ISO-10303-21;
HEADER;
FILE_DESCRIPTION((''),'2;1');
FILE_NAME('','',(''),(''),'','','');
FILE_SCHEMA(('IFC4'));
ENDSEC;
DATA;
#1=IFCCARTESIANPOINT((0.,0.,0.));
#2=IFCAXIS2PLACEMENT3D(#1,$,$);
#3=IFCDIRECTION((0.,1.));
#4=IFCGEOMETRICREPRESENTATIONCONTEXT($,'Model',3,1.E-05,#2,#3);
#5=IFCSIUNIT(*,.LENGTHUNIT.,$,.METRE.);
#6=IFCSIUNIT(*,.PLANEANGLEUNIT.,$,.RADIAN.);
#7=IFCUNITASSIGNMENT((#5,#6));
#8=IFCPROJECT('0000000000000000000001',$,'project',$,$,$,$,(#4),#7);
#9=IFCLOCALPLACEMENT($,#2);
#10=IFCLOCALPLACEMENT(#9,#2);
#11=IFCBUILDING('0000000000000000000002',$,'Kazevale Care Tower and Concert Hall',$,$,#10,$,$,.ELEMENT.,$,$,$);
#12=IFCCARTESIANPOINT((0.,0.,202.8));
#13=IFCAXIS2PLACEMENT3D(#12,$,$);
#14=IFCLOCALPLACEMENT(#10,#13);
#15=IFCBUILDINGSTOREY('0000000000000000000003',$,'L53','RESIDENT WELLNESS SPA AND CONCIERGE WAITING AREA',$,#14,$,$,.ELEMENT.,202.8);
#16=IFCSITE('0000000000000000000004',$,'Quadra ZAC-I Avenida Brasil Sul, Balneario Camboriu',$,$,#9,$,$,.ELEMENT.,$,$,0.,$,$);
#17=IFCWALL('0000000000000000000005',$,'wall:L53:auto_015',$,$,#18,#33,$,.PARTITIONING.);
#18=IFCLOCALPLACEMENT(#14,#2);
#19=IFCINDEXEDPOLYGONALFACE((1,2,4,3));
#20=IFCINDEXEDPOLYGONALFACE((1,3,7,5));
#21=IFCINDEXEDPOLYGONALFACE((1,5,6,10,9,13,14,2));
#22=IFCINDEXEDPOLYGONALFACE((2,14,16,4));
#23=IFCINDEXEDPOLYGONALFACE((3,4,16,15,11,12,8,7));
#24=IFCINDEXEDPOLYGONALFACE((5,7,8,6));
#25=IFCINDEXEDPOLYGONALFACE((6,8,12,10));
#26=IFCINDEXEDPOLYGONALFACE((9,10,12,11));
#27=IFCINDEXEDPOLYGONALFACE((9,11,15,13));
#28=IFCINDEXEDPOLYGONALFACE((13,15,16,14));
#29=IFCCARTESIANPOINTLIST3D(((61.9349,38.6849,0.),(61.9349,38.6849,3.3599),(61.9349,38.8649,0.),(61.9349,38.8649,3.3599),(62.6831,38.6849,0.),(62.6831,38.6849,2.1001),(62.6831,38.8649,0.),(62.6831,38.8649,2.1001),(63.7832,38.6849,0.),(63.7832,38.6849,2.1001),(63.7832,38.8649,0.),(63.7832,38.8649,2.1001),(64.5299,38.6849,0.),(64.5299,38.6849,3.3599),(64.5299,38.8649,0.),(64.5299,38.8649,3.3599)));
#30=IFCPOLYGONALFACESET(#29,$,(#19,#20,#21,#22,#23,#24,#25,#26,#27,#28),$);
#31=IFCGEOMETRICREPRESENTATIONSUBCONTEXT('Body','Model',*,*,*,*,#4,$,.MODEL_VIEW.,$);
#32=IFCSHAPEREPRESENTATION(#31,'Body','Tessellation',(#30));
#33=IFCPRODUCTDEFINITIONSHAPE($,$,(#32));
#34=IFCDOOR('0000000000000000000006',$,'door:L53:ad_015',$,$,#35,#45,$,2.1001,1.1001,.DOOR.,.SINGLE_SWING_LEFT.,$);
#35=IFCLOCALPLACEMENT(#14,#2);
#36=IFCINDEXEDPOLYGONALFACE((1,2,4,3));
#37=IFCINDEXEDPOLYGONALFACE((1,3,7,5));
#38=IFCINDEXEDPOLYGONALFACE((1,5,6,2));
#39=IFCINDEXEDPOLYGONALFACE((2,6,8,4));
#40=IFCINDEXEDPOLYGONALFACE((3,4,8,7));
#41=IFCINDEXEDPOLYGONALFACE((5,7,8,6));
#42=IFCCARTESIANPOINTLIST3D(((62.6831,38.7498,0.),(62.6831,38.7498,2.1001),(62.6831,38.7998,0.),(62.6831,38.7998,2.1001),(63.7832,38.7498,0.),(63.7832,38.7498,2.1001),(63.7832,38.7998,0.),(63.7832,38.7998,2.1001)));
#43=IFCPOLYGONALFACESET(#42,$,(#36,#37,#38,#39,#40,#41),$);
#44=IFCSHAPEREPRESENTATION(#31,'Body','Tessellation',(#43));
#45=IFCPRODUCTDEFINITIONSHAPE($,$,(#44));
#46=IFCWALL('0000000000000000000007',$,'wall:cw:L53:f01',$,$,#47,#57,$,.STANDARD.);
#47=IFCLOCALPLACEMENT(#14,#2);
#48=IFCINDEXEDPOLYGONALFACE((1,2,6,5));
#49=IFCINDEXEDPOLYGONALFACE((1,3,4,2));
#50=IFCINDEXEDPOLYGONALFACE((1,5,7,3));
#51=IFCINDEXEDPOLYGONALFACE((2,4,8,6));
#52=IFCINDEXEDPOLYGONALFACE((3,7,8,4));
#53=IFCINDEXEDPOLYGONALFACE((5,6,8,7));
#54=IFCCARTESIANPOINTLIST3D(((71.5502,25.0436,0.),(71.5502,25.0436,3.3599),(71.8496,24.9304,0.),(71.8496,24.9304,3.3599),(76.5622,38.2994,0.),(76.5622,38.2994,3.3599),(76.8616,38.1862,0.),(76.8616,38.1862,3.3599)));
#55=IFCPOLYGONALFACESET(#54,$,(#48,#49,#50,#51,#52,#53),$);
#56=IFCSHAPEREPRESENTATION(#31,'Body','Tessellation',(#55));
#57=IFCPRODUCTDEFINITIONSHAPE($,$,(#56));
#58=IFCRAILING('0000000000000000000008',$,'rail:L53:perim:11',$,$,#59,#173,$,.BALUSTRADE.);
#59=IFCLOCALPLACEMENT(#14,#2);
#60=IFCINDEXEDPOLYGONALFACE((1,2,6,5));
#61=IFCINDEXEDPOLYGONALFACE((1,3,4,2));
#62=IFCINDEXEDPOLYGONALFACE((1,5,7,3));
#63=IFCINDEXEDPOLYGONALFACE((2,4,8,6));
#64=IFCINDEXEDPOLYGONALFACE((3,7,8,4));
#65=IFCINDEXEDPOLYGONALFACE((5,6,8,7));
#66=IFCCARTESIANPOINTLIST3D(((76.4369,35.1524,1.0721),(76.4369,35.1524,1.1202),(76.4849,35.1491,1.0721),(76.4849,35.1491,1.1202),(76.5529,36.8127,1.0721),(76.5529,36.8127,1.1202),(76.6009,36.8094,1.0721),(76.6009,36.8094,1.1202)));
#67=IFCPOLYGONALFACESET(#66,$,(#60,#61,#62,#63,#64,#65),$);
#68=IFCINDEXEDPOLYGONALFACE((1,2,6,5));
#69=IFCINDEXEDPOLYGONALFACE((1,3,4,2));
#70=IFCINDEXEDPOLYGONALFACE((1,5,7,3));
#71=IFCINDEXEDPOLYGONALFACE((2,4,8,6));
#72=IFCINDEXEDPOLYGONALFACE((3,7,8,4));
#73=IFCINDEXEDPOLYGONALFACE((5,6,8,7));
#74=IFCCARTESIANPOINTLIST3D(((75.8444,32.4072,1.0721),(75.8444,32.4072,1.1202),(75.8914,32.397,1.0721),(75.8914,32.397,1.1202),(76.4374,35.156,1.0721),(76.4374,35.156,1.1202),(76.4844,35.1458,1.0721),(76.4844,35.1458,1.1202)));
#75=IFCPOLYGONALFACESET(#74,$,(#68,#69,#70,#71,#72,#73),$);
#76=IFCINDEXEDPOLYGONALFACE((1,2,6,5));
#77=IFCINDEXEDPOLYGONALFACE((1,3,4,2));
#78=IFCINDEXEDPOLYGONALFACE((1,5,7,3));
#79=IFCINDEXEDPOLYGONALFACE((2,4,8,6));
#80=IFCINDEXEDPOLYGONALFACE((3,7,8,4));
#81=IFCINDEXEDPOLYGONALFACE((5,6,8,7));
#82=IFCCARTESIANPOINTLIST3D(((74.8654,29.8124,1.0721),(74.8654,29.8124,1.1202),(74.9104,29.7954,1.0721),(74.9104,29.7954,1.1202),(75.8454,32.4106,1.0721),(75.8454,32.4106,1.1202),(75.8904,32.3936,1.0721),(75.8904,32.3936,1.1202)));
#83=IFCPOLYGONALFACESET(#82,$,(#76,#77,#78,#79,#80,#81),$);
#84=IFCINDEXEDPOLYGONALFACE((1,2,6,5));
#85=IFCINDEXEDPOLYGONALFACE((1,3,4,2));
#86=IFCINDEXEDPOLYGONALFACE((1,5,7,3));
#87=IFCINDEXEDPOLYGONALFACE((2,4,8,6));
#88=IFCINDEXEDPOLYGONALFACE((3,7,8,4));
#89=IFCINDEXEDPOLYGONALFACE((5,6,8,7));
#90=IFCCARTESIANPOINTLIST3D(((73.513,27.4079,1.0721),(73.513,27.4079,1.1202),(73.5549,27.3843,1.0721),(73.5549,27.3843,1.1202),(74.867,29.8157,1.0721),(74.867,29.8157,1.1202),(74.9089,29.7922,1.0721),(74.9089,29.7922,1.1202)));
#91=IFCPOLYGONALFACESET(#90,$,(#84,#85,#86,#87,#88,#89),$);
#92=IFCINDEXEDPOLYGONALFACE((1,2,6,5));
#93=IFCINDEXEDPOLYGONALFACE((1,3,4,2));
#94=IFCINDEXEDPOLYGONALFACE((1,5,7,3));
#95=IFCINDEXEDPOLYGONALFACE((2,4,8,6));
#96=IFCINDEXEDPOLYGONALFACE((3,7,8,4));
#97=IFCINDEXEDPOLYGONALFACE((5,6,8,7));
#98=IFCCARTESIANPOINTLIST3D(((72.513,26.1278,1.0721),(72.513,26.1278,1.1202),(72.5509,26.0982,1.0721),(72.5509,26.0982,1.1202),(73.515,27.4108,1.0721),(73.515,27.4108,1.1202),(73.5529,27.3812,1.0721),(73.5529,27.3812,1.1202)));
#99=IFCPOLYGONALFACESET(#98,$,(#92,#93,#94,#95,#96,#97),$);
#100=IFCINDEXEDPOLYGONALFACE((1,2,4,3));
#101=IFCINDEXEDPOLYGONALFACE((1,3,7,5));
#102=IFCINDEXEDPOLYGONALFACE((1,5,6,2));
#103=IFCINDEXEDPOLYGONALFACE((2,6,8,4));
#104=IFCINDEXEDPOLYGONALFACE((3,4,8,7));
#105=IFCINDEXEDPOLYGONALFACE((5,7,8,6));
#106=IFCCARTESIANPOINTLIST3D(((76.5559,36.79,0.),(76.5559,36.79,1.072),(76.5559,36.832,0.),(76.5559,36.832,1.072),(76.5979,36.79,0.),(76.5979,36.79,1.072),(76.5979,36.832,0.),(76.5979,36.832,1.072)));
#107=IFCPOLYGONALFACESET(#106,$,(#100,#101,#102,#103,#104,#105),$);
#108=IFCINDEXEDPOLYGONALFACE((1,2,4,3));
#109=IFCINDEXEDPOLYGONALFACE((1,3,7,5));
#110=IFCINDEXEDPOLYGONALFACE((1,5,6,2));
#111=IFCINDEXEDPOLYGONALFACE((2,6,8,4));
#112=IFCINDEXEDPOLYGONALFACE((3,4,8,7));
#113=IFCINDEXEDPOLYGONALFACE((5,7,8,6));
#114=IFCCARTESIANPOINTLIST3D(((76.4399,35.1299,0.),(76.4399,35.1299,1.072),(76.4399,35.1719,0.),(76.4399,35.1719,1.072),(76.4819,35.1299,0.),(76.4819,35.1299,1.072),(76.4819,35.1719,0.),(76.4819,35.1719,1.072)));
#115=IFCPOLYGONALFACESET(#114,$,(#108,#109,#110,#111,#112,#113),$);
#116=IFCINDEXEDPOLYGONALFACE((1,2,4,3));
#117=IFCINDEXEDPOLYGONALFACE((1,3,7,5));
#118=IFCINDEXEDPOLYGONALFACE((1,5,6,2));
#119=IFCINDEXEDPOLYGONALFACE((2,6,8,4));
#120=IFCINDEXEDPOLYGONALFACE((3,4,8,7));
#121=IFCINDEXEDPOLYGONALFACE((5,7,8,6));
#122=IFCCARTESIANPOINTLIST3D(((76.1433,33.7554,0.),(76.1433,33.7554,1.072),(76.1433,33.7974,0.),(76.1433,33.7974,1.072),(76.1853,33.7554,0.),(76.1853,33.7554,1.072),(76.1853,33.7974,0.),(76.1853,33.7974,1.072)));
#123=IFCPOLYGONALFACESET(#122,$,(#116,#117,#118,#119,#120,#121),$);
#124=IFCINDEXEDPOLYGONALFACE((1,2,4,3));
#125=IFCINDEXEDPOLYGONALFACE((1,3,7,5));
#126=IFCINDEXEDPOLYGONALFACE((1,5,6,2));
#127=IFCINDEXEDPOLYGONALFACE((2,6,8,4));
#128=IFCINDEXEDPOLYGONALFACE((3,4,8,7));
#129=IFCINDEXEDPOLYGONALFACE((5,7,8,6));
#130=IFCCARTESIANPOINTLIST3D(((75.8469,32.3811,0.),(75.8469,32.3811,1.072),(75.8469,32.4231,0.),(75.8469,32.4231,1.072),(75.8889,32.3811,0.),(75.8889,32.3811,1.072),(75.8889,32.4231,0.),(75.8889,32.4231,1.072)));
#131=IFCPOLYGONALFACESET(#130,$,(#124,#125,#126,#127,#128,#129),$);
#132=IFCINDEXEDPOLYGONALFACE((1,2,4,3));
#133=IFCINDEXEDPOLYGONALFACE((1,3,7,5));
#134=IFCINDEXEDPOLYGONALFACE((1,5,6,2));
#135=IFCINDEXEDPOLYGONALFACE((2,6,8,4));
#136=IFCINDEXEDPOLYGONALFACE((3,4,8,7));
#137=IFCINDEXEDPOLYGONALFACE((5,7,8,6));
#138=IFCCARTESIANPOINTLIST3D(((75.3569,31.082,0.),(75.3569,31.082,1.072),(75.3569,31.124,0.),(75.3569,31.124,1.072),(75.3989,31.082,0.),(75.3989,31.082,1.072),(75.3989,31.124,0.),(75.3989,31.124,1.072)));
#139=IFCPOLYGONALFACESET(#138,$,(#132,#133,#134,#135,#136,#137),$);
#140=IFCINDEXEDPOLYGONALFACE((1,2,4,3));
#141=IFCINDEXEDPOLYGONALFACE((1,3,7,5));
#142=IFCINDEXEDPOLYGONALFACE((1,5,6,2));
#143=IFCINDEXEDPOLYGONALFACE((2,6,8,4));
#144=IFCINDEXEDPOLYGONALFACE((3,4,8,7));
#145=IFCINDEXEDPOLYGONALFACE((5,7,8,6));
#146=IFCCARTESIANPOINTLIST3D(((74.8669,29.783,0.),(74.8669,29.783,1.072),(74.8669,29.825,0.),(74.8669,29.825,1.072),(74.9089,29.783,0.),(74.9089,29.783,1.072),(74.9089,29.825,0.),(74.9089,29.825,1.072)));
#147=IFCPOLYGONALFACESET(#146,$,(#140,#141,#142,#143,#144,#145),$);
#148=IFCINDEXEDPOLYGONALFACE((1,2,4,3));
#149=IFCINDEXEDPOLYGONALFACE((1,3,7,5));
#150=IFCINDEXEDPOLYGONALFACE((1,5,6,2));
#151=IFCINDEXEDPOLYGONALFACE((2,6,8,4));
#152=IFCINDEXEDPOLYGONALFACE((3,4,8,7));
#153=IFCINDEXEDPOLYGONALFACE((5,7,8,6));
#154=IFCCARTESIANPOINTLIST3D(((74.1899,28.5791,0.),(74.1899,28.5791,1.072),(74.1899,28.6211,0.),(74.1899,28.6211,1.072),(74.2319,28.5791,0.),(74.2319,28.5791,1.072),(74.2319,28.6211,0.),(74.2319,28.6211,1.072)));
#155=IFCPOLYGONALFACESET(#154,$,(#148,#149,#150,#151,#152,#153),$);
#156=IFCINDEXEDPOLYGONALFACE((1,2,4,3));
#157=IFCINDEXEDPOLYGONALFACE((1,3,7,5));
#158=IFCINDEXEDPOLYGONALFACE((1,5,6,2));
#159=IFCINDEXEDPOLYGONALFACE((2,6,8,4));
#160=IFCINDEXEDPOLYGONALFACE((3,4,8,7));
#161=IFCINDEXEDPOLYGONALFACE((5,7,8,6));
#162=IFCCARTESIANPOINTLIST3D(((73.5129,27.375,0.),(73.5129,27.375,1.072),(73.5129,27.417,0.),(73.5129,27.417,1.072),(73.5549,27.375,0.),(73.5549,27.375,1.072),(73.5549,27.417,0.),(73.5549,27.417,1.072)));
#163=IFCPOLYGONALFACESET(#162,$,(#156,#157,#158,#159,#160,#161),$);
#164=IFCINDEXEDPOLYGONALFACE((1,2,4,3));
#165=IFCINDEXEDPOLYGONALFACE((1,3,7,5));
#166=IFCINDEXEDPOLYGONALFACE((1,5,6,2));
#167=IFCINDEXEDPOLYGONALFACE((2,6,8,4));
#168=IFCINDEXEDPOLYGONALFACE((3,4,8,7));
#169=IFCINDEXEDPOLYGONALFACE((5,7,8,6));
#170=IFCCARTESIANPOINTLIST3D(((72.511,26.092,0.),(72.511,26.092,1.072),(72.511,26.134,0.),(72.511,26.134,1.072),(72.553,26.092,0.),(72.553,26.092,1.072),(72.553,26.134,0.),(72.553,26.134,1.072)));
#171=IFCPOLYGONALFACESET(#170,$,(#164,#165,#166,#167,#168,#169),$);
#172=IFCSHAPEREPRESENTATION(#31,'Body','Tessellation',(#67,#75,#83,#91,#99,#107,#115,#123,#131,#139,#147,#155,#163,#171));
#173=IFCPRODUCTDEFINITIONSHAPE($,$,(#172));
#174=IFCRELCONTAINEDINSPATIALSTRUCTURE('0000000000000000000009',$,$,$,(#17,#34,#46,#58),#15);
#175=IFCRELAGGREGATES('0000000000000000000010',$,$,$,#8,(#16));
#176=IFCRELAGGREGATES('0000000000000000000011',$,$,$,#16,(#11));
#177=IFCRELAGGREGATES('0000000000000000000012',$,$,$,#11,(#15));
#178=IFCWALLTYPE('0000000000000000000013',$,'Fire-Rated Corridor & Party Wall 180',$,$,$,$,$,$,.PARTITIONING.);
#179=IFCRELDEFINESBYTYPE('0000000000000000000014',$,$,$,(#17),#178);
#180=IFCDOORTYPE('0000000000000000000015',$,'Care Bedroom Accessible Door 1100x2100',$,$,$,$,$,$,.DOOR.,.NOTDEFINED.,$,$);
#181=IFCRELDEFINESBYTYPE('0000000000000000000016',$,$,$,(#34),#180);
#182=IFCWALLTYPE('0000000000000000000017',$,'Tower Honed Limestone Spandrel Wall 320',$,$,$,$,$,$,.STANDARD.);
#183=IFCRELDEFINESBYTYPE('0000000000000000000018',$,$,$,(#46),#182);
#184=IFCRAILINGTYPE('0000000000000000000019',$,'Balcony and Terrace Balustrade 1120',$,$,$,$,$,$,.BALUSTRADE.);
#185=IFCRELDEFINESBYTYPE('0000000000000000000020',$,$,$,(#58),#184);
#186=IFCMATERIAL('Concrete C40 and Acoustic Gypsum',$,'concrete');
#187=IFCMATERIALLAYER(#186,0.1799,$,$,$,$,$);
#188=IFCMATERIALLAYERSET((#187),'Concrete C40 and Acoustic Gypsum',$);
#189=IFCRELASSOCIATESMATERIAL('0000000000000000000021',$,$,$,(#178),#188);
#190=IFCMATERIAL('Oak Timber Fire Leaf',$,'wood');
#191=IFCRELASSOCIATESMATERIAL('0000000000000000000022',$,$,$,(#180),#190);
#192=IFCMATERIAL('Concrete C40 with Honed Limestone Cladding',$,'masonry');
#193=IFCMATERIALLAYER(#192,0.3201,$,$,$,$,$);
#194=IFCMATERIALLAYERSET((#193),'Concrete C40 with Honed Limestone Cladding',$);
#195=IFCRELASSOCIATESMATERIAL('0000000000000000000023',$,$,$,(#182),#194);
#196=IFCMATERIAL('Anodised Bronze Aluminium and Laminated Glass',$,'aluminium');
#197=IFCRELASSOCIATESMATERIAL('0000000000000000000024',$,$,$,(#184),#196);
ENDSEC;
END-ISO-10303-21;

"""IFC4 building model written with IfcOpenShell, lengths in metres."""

from ifc_helpers import new_model, si_unit, direction, frame, frame_2d, origin, origin_2d, place, context, subcontext, project, spatial, rectangle, extrude, material, layer, layer_set, type_object, element, fill, save


model = new_model("IFC4")

# Units and contexts
model_context = context("Model", 3, precision=1e-05, world=origin(), true_north=direction((0.0, 1.0)))
body_context = subcontext(model_context, "Body", "Model", "MODEL_VIEW")
ifc_project = project(units=[si_unit("LENGTHUNIT", "METRE"), si_unit("PLANEANGLEUNIT", "RADIAN")], contexts=[model_context])

# Site, building, storey
site_placement = place(None, origin())
site = spatial("IfcSite", under=ifc_project, at=site_placement, Name="Quadra ZAC-I Avenida Brasil Sul, Balneario Camboriu", CompositionType="ELEMENT", RefElevation=0.0)
building_placement = place(site_placement, origin())
building = spatial("IfcBuilding", under=site, at=building_placement, Name="Kazevale Care Tower and Concert Hall", CompositionType="ELEMENT")
storey_placement = place(building_placement, frame((0.0, 0.0, 202.8)))
storey = spatial("IfcBuildingStorey", under=building, at=storey_placement, Name="L53", Description="RESIDENT WELLNESS SPA AND CONCIERGE WAITING AREA", CompositionType="ELEMENT", Elevation=202.8)

# Wall, opening, door
ifc_material_1 = material(Name="Concrete C40 and Acoustic Gypsum", Category="concrete")
ifc_layer_1 = layer(ifc_material_1, 0.1799)
ifc_layer_set_1 = layer_set([ifc_layer_1], Name="Concrete C40 and Acoustic Gypsum")
wall_type_1 = type_object("IfcWallType", Name="Fire-Rated Corridor & Party Wall 180", PredefinedType="PARTITIONING", material=ifc_layer_set_1)
ifc_material_2 = material(Name="Oak Timber Fire Leaf", Category="wood")
door_type = type_object("IfcDoorType", Name="Care Bedroom Accessible Door 1100x2100", OperationType="NOTDEFINED", PredefinedType="DOOR", material=ifc_material_2)
wall_1_placement = place(storey_placement, frame((61.9351, 38.7749, 0.0), z_axis=(0.0, 0.0, 1.0), x_axis=(1.0, 0.0, 0.0)))
wall_1 = element("IfcWall", 1, at=wall_1_placement, inside=storey, type_object=wall_type_1, Name="wall:L53:auto_015", PredefinedType="PARTITIONING", context=body_context, shape_type="SweptSolid", body=[
    extrude(rectangle(XDim=2.595, YDim=0.1799, at=frame_2d((1.2974, 0.0))), origin(), (0.0, 0.0, 1.0), 3.3599),
])
opening_1_placement = place(wall_1_placement, frame((0.748, 0.0, 0.0)))
opening_1 = element("IfcOpeningElement", 2, at=opening_1_placement, cuts=wall_1, PredefinedType="OPENING", context=body_context, shape_type="SweptSolid", body=[
    extrude(rectangle(XDim=1.1001, YDim=2.1001, at=frame_2d((0.55, 1.05))), frame((0.0, 0.0999, 0.0), z_axis=(0.0, -1.0, 0.0), x_axis=(1.0, 0.0, 0.0)), (0.0, 0.0, 1.0), 0.2),
])
door_1_placement = place(opening_1_placement, origin())
door_1 = element("IfcDoor", 3, at=door_1_placement, inside=storey, type_object=door_type, Name="door:L53:ad_015", OperationType="SINGLE_SWING_LEFT", OverallHeight=2.1001, OverallWidth=1.1001, PredefinedType="DOOR", context=body_context, shape_type="SweptSolid", body=[
    extrude(rectangle(XDim=1.1001, YDim=2.1001, at=frame_2d((0.55, 1.05))), frame((0.0, 0.0249, 0.0), z_axis=(0.0, -1.0, 0.0), x_axis=(1.0, 0.0, 0.0)), (0.0, 0.0, 1.0), 0.05),
])
fill(opening_1, door_1)

# Wall
ifc_material_3 = material(Name="Concrete C40 with Honed Limestone Cladding", Category="masonry")
ifc_layer_2 = layer(ifc_material_3, 0.3201)
ifc_layer_set_2 = layer_set([ifc_layer_2], Name="Concrete C40 with Honed Limestone Cladding")
wall_type_2 = type_object("IfcWallType", Name="Tower Honed Limestone Spandrel Wall 320", PredefinedType="STANDARD", material=ifc_layer_set_2)
wall_2_placement = place(storey_placement, frame((76.7119, 38.2429, 0.0), z_axis=(0.0, 0.0, 1.0), x_axis=(-0.35366, -0.935374, 0.0)))
element("IfcWall", 4, at=wall_2_placement, inside=storey, type_object=wall_type_2, Name="wall:cw:L53:f01", PredefinedType="STANDARD", context=body_context, shape_type="SweptSolid", body=[
    extrude(rectangle(XDim=14.1716, YDim=0.3201, at=frame_2d((7.0859, 0.0))), origin(), (0.0, 0.0, 1.0), 3.3599),
])

# Railing
ifc_material_4 = material(Name="Anodised Bronze Aluminium and Laminated Glass", Category="aluminium")
railing_type = type_object("IfcRailingType", Name="Balcony and Terrace Balustrade 1120", PredefinedType="BALUSTRADE", material=ifc_material_4)
railing_1_placement = place(storey_placement, frame((76.5769, 36.811, 0.0)))
element("IfcRailing", 5, at=railing_1_placement, inside=storey, type_object=railing_type, Name="rail:L53:perim:11", PredefinedType="BALUSTRADE", context=body_context, shape_type="SweptSolid", body=[
    extrude(rectangle(XDim=0.0481, YDim=0.0481, at=origin_2d()), frame((0.0, 0.0, 1.0962), z_axis=(-0.069683, -0.997569, 0.0), x_axis=(0.997569, -0.069683, 0.0)), (0.0, 0.0, 1.0), 1.6643),
    extrude(rectangle(XDim=0.0481, YDim=0.0481, at=origin_2d()), frame((-0.116, -1.6602, 1.0962), z_axis=(-0.210887, -0.977511, 0.0), x_axis=(0.977511, -0.210887, 0.0)), (0.0, 0.0, 1.0), 2.812),
    extrude(rectangle(XDim=0.0481, YDim=0.0481, at=origin_2d()), frame((-0.709, -4.4089, 1.0962), z_axis=(-0.352915, -0.935655, 0.0), x_axis=(0.935655, -0.352915, 0.0)), (0.0, 0.0, 1.0), 2.7769),
    extrude(rectangle(XDim=0.0481, YDim=0.0481, at=origin_2d()), frame((-1.689, -7.0071, 1.0962), z_axis=(-0.490131, -0.871649, 0.0), x_axis=(0.871649, -0.490131, 0.0)), (0.0, 0.0, 1.0), 2.7625),
    extrude(rectangle(XDim=0.0481, YDim=0.0481, at=origin_2d()), frame((-3.043, -9.415, 1.0962), z_axis=(-0.615507, -0.788131, 0.0), x_axis=(0.788131, -0.615507, 0.0)), (0.0, 0.0, 1.0), 1.6279),
    extrude(rectangle(XDim=0.042, YDim=0.042, at=origin_2d()), origin(), (0.0, 0.0, 1.0), 1.072),
    extrude(rectangle(XDim=0.042, YDim=0.042, at=origin_2d()), frame((-0.116, -1.6602, 0.0)), (0.0, 0.0, 1.0), 1.072),
    extrude(rectangle(XDim=0.042, YDim=0.042, at=origin_2d()), frame((-0.4126, -3.0347, 0.0)), (0.0, 0.0, 1.0), 1.072),
    extrude(rectangle(XDim=0.042, YDim=0.042, at=origin_2d()), frame((-0.709, -4.4089, 0.0)), (0.0, 0.0, 1.0), 1.072),
    extrude(rectangle(XDim=0.042, YDim=0.042, at=origin_2d()), frame((-1.199, -5.708, 0.0)), (0.0, 0.0, 1.0), 1.072),
    extrude(rectangle(XDim=0.042, YDim=0.042, at=origin_2d()), frame((-1.689, -7.0071, 0.0)), (0.0, 0.0, 1.0), 1.072),
    extrude(rectangle(XDim=0.042, YDim=0.042, at=origin_2d()), frame((-2.366, -8.2109, 0.0)), (0.0, 0.0, 1.0), 1.072),
    extrude(rectangle(XDim=0.042, YDim=0.042, at=origin_2d()), frame((-3.043, -9.415, 0.0)), (0.0, 0.0, 1.0), 1.072),
    extrude(rectangle(XDim=0.042, YDim=0.042, at=origin_2d()), frame((-4.0449, -10.698, 0.0)), (0.0, 0.0, 1.0), 1.072),
])

save(model, "model.ifc")
